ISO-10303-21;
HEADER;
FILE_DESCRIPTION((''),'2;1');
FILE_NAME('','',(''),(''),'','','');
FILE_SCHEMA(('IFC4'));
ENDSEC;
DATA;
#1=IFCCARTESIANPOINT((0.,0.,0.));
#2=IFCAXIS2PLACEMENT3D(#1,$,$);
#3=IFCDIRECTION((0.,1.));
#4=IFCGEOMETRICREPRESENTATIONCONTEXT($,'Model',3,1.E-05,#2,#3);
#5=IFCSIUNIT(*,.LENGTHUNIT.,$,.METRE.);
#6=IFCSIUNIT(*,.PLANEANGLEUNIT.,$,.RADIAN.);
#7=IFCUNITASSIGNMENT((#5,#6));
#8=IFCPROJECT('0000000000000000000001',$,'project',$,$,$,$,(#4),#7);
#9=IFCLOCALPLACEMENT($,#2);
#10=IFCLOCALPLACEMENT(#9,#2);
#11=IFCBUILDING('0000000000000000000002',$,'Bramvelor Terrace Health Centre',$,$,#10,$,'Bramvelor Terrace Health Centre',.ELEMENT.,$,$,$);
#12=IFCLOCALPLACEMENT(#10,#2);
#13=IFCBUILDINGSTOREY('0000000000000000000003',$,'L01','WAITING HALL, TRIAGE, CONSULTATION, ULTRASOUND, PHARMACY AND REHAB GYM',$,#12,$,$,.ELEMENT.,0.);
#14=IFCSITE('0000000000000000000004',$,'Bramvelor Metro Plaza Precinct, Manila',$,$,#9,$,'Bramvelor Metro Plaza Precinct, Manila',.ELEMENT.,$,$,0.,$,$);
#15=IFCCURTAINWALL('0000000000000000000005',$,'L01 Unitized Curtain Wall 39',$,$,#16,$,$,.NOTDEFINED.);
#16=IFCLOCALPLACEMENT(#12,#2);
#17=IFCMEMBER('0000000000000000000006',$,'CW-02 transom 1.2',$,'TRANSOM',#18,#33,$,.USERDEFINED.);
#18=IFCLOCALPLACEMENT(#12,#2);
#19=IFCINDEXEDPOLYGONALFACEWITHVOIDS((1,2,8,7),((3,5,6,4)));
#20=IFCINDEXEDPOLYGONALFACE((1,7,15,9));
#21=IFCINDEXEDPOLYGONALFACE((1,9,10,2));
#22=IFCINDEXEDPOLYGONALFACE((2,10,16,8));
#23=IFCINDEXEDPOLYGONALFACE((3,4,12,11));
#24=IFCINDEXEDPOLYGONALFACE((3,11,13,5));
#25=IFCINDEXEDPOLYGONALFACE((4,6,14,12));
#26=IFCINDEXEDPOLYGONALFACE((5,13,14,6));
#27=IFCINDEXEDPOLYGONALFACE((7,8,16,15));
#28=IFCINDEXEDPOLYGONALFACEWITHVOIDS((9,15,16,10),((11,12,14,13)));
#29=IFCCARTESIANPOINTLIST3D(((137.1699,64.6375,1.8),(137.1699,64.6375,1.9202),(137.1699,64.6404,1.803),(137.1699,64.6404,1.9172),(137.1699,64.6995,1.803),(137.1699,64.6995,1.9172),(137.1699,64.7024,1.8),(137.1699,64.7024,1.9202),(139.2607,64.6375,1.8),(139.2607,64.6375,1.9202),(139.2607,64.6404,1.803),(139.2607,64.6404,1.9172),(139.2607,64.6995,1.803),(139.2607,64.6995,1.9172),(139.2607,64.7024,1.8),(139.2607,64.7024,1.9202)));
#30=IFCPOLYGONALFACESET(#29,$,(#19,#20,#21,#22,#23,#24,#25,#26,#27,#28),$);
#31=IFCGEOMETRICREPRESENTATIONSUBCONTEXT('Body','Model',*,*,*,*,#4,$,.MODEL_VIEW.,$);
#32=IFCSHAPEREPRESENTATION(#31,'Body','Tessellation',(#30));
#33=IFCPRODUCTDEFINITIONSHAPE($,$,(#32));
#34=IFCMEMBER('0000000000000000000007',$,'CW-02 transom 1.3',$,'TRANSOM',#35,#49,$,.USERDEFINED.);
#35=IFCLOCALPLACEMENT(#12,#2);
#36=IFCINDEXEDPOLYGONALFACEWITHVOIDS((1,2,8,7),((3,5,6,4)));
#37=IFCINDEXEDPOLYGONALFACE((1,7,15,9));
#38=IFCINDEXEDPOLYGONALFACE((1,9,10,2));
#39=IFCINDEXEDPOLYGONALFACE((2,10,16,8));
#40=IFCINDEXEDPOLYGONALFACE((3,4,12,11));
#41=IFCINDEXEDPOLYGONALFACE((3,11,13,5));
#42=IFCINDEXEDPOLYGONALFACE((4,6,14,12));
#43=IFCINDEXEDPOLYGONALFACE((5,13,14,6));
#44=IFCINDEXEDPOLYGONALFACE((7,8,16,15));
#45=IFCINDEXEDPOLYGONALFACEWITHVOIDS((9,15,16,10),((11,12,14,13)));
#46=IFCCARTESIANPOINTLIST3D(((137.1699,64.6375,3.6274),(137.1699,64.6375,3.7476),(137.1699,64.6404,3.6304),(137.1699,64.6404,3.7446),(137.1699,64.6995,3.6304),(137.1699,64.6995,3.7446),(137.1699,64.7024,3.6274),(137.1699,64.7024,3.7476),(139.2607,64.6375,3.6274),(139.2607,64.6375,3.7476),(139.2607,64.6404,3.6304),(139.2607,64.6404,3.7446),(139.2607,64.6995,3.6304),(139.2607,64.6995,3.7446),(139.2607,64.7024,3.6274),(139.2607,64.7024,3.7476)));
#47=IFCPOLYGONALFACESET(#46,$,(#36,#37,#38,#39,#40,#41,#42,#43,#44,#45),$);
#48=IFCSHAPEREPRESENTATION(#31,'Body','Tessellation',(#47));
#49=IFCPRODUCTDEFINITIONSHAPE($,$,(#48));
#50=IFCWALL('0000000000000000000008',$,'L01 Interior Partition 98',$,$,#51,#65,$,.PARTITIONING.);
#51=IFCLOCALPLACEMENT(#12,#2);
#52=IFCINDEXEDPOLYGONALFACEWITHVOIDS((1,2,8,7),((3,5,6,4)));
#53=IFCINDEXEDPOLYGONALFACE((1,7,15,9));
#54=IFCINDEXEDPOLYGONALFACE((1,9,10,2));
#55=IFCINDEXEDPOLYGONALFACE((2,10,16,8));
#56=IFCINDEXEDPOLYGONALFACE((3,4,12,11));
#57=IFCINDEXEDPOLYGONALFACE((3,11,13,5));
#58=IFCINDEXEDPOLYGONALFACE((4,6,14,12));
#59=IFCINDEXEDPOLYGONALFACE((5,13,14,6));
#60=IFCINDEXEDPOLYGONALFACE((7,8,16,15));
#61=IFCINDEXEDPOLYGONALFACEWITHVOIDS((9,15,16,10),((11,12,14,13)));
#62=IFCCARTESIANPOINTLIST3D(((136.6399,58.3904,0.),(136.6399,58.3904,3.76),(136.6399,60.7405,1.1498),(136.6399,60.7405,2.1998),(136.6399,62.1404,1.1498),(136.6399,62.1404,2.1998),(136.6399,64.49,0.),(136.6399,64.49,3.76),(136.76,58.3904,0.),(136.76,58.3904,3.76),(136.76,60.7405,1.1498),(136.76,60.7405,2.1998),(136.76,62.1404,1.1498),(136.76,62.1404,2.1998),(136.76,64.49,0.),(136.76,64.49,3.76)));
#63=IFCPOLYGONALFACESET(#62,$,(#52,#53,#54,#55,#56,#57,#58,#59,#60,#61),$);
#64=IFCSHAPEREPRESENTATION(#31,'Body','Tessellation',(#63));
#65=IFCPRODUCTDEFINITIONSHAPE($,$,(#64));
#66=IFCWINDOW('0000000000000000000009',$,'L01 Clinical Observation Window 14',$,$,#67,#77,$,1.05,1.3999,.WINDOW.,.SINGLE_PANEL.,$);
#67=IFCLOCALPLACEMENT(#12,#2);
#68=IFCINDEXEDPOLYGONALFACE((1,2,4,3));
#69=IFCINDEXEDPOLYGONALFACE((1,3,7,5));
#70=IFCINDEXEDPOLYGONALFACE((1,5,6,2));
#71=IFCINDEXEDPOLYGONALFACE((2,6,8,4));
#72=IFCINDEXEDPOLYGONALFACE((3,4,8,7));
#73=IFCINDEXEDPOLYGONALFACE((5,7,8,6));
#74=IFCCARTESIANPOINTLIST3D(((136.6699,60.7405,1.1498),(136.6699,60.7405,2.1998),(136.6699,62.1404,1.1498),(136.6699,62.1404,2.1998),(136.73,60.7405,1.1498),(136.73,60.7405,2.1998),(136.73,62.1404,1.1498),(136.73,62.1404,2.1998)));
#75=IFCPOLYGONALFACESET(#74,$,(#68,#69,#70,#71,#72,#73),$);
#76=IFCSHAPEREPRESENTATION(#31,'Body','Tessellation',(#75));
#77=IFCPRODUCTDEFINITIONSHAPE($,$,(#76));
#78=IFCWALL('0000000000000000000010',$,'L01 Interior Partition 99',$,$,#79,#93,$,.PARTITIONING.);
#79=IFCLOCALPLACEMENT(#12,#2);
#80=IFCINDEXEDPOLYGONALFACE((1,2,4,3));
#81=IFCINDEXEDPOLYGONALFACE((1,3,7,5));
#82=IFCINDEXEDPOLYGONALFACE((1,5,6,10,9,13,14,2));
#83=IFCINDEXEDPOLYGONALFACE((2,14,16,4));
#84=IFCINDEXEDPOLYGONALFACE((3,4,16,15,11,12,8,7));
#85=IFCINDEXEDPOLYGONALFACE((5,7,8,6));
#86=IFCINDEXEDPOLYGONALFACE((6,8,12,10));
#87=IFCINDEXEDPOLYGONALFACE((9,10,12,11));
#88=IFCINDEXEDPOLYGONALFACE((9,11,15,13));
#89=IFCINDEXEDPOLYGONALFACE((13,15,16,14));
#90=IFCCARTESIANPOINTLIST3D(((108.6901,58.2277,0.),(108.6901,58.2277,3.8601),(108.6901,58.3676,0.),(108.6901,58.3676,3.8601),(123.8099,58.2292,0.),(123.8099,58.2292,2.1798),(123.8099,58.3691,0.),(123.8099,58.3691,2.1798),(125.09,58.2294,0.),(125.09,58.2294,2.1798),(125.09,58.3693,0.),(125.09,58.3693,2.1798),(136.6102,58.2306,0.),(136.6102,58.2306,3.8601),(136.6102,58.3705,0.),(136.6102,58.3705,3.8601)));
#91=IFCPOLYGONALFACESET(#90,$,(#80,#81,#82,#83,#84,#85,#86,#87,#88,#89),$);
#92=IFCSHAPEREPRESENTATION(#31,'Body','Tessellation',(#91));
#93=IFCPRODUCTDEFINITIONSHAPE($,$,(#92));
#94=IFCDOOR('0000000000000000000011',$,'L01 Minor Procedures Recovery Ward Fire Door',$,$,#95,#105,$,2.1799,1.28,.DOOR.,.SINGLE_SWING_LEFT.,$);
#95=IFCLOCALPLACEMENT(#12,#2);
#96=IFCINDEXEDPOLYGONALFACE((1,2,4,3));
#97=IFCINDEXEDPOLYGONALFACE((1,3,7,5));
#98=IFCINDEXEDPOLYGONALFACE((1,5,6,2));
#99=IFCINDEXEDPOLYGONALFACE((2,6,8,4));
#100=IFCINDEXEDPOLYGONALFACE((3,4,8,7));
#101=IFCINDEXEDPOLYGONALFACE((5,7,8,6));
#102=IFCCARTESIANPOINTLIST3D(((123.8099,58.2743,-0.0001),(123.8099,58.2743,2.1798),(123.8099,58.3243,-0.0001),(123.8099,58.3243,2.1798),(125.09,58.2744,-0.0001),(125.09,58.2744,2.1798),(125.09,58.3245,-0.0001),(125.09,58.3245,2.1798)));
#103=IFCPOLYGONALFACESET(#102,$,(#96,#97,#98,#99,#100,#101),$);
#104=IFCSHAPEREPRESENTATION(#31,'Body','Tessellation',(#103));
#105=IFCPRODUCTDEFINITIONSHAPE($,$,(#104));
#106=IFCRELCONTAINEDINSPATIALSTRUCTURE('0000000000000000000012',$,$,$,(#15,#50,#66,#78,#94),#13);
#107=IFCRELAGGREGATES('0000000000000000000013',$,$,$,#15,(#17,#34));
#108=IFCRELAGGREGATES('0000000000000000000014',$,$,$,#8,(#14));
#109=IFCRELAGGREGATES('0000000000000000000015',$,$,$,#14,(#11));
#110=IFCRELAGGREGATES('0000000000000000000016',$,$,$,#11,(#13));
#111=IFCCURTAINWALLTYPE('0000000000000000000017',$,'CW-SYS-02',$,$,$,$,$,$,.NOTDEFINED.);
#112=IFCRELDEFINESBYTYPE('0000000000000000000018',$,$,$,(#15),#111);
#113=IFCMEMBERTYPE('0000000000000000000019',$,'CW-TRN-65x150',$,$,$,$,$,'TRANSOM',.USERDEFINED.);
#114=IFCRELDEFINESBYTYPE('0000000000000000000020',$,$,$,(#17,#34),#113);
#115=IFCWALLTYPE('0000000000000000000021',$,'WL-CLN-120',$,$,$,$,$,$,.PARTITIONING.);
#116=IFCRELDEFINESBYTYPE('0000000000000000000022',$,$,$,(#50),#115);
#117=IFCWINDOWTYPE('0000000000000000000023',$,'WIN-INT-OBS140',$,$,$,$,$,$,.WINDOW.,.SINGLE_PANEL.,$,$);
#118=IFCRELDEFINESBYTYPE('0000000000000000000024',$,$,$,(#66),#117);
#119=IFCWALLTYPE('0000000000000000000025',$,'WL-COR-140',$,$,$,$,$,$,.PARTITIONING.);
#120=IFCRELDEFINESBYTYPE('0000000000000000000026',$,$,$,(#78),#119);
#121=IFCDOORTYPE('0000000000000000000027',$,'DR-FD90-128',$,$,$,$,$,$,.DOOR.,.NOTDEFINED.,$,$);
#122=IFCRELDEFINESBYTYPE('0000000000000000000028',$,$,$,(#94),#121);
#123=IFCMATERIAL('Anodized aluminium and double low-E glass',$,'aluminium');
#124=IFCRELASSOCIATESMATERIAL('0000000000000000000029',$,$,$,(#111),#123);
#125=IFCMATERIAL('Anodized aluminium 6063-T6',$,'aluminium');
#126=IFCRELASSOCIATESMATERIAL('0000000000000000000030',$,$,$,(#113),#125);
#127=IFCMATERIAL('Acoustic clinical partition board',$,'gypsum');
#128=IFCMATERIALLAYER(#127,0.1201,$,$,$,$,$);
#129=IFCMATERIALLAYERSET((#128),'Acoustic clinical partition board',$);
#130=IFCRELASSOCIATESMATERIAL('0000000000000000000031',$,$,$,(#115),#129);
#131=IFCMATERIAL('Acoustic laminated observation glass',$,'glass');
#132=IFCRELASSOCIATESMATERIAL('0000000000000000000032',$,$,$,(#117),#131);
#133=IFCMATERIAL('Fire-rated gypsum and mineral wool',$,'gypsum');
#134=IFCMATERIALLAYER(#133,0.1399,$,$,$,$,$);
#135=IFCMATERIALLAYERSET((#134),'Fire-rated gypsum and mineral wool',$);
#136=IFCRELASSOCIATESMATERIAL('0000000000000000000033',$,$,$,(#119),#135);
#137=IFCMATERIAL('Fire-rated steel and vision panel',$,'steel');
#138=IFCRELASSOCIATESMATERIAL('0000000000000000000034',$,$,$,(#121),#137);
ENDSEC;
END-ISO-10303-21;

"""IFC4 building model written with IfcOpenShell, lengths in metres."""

from ifc_helpers import new_model, si_unit, direction, frame, frame_2d, origin, origin_2d, place, context, subcontext, project, spatial, rectangle, hollow_rectangle, extrude, material, layer, layer_set, material_profile, profile_set, type_object, element, fill, aggregate, save


model = new_model("IFC4")

# Units and contexts
model_context = context("Model", 3, precision=1e-05, world=origin(), true_north=direction((0.0, 1.0)))
body_context = subcontext(model_context, "Body", "Model", "MODEL_VIEW")
ifc_project = project(units=[si_unit("LENGTHUNIT", "METRE"), si_unit("PLANEANGLEUNIT", "RADIAN")], contexts=[model_context])

# Site, building, storey
site_placement = place(None, origin())
site = spatial("IfcSite", under=ifc_project, at=site_placement, Name="Bramvelor Metro Plaza Precinct, Manila", LongName="Bramvelor Metro Plaza Precinct, Manila", CompositionType="ELEMENT", RefElevation=0.0)
building_placement = place(site_placement, origin())
building = spatial("IfcBuilding", under=site, at=building_placement, Name="Bramvelor Terrace Health Centre", LongName="Bramvelor Terrace Health Centre", CompositionType="ELEMENT")
storey_placement = place(building_placement, origin())
storey = spatial("IfcBuildingStorey", under=building, at=storey_placement, Name="L01", Description="WAITING HALL, TRIAGE, CONSULTATION, ULTRASOUND, PHARMACY AND REHAB GYM", CompositionType="ELEMENT", Elevation=0.0)

# Curtain wall, members
ifc_material_1 = material(Name="Anodized aluminium and double low-E glass", Category="aluminium")
curtain_wall_type = type_object("IfcCurtainWallType", Name="CW-SYS-02", PredefinedType="NOTDEFINED", material=ifc_material_1)
curtain_wall_placement = place(storey_placement, origin())
curtain_wall = element("IfcCurtainWall", 1, at=curtain_wall_placement, inside=storey, type_object=curtain_wall_type, Name="L01 Unitized Curtain Wall 39", PredefinedType="NOTDEFINED")
ifc_material_2 = material(Name="Anodized aluminium 6063-T6", Category="aluminium")
ifc_material_profile_1 = material_profile(ifc_material_2, hollow_rectangle(XDim=0.0649, YDim=0.1201, WallThickness=0.0029, at=origin_2d()), Name="ALU-TRN 65x120x3.0")
ifc_profile_set_1 = profile_set([ifc_material_profile_1], Name="Anodized aluminium 6063-T6")
member_type_1 = type_object("IfcMemberType", Name="CW-TRN-65x150", ElementType="TRANSOM", PredefinedType="USERDEFINED", material=ifc_profile_set_1)
member_1_placement = place(storey_placement, frame((137.1699, 64.6699, 1.8601), z_axis=(1.0, 0.0, 0.0), x_axis=(0.0, 1.0, 0.0)))
member_1 = element("IfcMember", 2, at=member_1_placement, type_object=member_type_1, Name="CW-02 transom 1.2", ObjectType="TRANSOM", PredefinedType="USERDEFINED", context=body_context, shape_type="SweptSolid", body=[
    extrude(hollow_rectangle(XDim=0.0649, YDim=0.1201, WallThickness=0.0029, at=origin_2d()), origin(), (0.0, 0.0, 1.0), 2.0908),
])
member_2_placement = place(storey_placement, frame((137.1699, 64.6699, 3.6875), z_axis=(1.0, 0.0, 0.0), x_axis=(0.0, 1.0, 0.0)))
member_2 = element("IfcMember", 3, at=member_2_placement, type_object=member_type_1, Name="CW-02 transom 1.3", ObjectType="TRANSOM", PredefinedType="USERDEFINED", context=body_context, shape_type="SweptSolid", body=[
    extrude(hollow_rectangle(XDim=0.0649, YDim=0.1201, WallThickness=0.0029, at=origin_2d()), origin(), (0.0, 0.0, 1.0), 2.0908),
])
aggregate(curtain_wall, [member_1, member_2])

# Wall, opening, window
ifc_material_3 = material(Name="Acoustic clinical partition board", Category="gypsum")
ifc_layer_1 = layer(ifc_material_3, 0.1201)
ifc_layer_set_1 = layer_set([ifc_layer_1], Name="Acoustic clinical partition board")
wall_type_1 = type_object("IfcWallType", Name="WL-CLN-120", PredefinedType="PARTITIONING", material=ifc_layer_set_1)
wall_1_placement = place(storey_placement, frame((136.7, 64.49, 0.0), z_axis=(0.0, 0.0, 1.0), x_axis=(0.0, -1.0, 0.0)))
wall_1 = element("IfcWall", 4, at=wall_1_placement, inside=storey, type_object=wall_type_1, Name="L01 Interior Partition 98", PredefinedType="PARTITIONING", context=body_context, shape_type="SweptSolid", body=[
    extrude(rectangle(XDim=6.0996, YDim=0.1201, at=frame_2d((3.0498, 0.0))), origin(), (0.0, 0.0, 1.0), 3.76),
])
opening_1_placement = place(wall_1_placement, frame((2.3496, 0.0, 1.1499)))
opening_1 = element("IfcOpeningElement", 5, at=opening_1_placement, cuts=wall_1, PredefinedType="OPENING", context=body_context, shape_type="SweptSolid", body=[
    extrude(rectangle(XDim=1.3999, YDim=1.05, at=frame_2d((0.7, 0.5249))), frame((0.0, 0.0701, 0.0), z_axis=(0.0, -1.0, 0.0), x_axis=(1.0, 0.0, 0.0)), (0.0, 0.0, 1.0), 0.1401),
])
ifc_material_4 = material(Name="Acoustic laminated observation glass", Category="glass")
window_type = type_object("IfcWindowType", Name="WIN-INT-OBS140", PartitioningType="SINGLE_PANEL", PredefinedType="WINDOW", material=ifc_material_4)
window_placement = place(opening_1_placement, origin())
window = element("IfcWindow", 6, at=window_placement, inside=storey, type_object=window_type, Name="L01 Clinical Observation Window 14", OverallHeight=1.05, OverallWidth=1.3999, PartitioningType="SINGLE_PANEL", PredefinedType="WINDOW", context=body_context, shape_type="SweptSolid", body=[
    extrude(rectangle(XDim=1.3999, YDim=1.05, at=frame_2d((0.7, 0.5249))), frame((0.0, 0.03, 0.0), z_axis=(0.0, -1.0, 0.0), x_axis=(1.0, 0.0, 0.0)), (0.0, 0.0, 1.0), 0.0601),
])
fill(opening_1, window)

# Wall, opening, door
ifc_material_5 = material(Name="Fire-rated gypsum and mineral wool", Category="gypsum")
ifc_layer_2 = layer(ifc_material_5, 0.1399)
ifc_layer_set_2 = layer_set([ifc_layer_2], Name="Fire-rated gypsum and mineral wool")
wall_type_2 = type_object("IfcWallType", Name="WL-COR-140", PredefinedType="PARTITIONING", material=ifc_layer_set_2)
wall_2_placement = place(storey_placement, frame((136.6101, 58.3005, 0.0), z_axis=(0.0, 0.0, 1.0), x_axis=(-1.0, -0.000105, 0.0)))
wall_2 = element("IfcWall", 7, at=wall_2_placement, inside=storey, type_object=wall_type_2, Name="L01 Interior Partition 99", PredefinedType="PARTITIONING", context=body_context, shape_type="SweptSolid", body=[
    extrude(rectangle(XDim=27.9202, YDim=0.1399, at=frame_2d((13.96, 0.0))), origin(), (0.0, 0.0, 1.0), 3.8601),
])
opening_2_placement = place(wall_2_placement, frame((11.52, 0.0, 0.0)))
opening_2 = element("IfcOpeningElement", 8, at=opening_2_placement, cuts=wall_2, PredefinedType="OPENING", context=body_context, shape_type="SweptSolid", body=[
    extrude(rectangle(XDim=1.28, YDim=2.1799, at=frame_2d((0.6401, 1.0898))), frame((0.0, 0.0798, 0.0), z_axis=(0.0, -1.0, 0.0), x_axis=(1.0, 0.0, 0.0)), (0.0, 0.0, 1.0), 0.1599),
])
ifc_material_6 = material(Name="Fire-rated steel and vision panel", Category="steel")
door_type = type_object("IfcDoorType", Name="DR-FD90-128", OperationType="NOTDEFINED", PredefinedType="DOOR", material=ifc_material_6)
door_placement = place(opening_2_placement, origin())
door = element("IfcDoor", 9, at=door_placement, inside=storey, type_object=door_type, Name="L01 Minor Procedures Recovery Ward Fire Door", OperationType="SINGLE_SWING_LEFT", OverallHeight=2.1799, OverallWidth=1.28, PredefinedType="DOOR", context=body_context, shape_type="SweptSolid", body=[
    extrude(rectangle(XDim=1.28, YDim=2.1799, at=frame_2d((0.6401, 1.0898))), frame((0.0, 0.0249, 0.0), z_axis=(0.0, -1.0, 0.0), x_axis=(1.0, 0.0, 0.0)), (0.0, 0.0, 1.0), 0.05),
])
fill(opening_2, door)

save(model, "model.ifc")
